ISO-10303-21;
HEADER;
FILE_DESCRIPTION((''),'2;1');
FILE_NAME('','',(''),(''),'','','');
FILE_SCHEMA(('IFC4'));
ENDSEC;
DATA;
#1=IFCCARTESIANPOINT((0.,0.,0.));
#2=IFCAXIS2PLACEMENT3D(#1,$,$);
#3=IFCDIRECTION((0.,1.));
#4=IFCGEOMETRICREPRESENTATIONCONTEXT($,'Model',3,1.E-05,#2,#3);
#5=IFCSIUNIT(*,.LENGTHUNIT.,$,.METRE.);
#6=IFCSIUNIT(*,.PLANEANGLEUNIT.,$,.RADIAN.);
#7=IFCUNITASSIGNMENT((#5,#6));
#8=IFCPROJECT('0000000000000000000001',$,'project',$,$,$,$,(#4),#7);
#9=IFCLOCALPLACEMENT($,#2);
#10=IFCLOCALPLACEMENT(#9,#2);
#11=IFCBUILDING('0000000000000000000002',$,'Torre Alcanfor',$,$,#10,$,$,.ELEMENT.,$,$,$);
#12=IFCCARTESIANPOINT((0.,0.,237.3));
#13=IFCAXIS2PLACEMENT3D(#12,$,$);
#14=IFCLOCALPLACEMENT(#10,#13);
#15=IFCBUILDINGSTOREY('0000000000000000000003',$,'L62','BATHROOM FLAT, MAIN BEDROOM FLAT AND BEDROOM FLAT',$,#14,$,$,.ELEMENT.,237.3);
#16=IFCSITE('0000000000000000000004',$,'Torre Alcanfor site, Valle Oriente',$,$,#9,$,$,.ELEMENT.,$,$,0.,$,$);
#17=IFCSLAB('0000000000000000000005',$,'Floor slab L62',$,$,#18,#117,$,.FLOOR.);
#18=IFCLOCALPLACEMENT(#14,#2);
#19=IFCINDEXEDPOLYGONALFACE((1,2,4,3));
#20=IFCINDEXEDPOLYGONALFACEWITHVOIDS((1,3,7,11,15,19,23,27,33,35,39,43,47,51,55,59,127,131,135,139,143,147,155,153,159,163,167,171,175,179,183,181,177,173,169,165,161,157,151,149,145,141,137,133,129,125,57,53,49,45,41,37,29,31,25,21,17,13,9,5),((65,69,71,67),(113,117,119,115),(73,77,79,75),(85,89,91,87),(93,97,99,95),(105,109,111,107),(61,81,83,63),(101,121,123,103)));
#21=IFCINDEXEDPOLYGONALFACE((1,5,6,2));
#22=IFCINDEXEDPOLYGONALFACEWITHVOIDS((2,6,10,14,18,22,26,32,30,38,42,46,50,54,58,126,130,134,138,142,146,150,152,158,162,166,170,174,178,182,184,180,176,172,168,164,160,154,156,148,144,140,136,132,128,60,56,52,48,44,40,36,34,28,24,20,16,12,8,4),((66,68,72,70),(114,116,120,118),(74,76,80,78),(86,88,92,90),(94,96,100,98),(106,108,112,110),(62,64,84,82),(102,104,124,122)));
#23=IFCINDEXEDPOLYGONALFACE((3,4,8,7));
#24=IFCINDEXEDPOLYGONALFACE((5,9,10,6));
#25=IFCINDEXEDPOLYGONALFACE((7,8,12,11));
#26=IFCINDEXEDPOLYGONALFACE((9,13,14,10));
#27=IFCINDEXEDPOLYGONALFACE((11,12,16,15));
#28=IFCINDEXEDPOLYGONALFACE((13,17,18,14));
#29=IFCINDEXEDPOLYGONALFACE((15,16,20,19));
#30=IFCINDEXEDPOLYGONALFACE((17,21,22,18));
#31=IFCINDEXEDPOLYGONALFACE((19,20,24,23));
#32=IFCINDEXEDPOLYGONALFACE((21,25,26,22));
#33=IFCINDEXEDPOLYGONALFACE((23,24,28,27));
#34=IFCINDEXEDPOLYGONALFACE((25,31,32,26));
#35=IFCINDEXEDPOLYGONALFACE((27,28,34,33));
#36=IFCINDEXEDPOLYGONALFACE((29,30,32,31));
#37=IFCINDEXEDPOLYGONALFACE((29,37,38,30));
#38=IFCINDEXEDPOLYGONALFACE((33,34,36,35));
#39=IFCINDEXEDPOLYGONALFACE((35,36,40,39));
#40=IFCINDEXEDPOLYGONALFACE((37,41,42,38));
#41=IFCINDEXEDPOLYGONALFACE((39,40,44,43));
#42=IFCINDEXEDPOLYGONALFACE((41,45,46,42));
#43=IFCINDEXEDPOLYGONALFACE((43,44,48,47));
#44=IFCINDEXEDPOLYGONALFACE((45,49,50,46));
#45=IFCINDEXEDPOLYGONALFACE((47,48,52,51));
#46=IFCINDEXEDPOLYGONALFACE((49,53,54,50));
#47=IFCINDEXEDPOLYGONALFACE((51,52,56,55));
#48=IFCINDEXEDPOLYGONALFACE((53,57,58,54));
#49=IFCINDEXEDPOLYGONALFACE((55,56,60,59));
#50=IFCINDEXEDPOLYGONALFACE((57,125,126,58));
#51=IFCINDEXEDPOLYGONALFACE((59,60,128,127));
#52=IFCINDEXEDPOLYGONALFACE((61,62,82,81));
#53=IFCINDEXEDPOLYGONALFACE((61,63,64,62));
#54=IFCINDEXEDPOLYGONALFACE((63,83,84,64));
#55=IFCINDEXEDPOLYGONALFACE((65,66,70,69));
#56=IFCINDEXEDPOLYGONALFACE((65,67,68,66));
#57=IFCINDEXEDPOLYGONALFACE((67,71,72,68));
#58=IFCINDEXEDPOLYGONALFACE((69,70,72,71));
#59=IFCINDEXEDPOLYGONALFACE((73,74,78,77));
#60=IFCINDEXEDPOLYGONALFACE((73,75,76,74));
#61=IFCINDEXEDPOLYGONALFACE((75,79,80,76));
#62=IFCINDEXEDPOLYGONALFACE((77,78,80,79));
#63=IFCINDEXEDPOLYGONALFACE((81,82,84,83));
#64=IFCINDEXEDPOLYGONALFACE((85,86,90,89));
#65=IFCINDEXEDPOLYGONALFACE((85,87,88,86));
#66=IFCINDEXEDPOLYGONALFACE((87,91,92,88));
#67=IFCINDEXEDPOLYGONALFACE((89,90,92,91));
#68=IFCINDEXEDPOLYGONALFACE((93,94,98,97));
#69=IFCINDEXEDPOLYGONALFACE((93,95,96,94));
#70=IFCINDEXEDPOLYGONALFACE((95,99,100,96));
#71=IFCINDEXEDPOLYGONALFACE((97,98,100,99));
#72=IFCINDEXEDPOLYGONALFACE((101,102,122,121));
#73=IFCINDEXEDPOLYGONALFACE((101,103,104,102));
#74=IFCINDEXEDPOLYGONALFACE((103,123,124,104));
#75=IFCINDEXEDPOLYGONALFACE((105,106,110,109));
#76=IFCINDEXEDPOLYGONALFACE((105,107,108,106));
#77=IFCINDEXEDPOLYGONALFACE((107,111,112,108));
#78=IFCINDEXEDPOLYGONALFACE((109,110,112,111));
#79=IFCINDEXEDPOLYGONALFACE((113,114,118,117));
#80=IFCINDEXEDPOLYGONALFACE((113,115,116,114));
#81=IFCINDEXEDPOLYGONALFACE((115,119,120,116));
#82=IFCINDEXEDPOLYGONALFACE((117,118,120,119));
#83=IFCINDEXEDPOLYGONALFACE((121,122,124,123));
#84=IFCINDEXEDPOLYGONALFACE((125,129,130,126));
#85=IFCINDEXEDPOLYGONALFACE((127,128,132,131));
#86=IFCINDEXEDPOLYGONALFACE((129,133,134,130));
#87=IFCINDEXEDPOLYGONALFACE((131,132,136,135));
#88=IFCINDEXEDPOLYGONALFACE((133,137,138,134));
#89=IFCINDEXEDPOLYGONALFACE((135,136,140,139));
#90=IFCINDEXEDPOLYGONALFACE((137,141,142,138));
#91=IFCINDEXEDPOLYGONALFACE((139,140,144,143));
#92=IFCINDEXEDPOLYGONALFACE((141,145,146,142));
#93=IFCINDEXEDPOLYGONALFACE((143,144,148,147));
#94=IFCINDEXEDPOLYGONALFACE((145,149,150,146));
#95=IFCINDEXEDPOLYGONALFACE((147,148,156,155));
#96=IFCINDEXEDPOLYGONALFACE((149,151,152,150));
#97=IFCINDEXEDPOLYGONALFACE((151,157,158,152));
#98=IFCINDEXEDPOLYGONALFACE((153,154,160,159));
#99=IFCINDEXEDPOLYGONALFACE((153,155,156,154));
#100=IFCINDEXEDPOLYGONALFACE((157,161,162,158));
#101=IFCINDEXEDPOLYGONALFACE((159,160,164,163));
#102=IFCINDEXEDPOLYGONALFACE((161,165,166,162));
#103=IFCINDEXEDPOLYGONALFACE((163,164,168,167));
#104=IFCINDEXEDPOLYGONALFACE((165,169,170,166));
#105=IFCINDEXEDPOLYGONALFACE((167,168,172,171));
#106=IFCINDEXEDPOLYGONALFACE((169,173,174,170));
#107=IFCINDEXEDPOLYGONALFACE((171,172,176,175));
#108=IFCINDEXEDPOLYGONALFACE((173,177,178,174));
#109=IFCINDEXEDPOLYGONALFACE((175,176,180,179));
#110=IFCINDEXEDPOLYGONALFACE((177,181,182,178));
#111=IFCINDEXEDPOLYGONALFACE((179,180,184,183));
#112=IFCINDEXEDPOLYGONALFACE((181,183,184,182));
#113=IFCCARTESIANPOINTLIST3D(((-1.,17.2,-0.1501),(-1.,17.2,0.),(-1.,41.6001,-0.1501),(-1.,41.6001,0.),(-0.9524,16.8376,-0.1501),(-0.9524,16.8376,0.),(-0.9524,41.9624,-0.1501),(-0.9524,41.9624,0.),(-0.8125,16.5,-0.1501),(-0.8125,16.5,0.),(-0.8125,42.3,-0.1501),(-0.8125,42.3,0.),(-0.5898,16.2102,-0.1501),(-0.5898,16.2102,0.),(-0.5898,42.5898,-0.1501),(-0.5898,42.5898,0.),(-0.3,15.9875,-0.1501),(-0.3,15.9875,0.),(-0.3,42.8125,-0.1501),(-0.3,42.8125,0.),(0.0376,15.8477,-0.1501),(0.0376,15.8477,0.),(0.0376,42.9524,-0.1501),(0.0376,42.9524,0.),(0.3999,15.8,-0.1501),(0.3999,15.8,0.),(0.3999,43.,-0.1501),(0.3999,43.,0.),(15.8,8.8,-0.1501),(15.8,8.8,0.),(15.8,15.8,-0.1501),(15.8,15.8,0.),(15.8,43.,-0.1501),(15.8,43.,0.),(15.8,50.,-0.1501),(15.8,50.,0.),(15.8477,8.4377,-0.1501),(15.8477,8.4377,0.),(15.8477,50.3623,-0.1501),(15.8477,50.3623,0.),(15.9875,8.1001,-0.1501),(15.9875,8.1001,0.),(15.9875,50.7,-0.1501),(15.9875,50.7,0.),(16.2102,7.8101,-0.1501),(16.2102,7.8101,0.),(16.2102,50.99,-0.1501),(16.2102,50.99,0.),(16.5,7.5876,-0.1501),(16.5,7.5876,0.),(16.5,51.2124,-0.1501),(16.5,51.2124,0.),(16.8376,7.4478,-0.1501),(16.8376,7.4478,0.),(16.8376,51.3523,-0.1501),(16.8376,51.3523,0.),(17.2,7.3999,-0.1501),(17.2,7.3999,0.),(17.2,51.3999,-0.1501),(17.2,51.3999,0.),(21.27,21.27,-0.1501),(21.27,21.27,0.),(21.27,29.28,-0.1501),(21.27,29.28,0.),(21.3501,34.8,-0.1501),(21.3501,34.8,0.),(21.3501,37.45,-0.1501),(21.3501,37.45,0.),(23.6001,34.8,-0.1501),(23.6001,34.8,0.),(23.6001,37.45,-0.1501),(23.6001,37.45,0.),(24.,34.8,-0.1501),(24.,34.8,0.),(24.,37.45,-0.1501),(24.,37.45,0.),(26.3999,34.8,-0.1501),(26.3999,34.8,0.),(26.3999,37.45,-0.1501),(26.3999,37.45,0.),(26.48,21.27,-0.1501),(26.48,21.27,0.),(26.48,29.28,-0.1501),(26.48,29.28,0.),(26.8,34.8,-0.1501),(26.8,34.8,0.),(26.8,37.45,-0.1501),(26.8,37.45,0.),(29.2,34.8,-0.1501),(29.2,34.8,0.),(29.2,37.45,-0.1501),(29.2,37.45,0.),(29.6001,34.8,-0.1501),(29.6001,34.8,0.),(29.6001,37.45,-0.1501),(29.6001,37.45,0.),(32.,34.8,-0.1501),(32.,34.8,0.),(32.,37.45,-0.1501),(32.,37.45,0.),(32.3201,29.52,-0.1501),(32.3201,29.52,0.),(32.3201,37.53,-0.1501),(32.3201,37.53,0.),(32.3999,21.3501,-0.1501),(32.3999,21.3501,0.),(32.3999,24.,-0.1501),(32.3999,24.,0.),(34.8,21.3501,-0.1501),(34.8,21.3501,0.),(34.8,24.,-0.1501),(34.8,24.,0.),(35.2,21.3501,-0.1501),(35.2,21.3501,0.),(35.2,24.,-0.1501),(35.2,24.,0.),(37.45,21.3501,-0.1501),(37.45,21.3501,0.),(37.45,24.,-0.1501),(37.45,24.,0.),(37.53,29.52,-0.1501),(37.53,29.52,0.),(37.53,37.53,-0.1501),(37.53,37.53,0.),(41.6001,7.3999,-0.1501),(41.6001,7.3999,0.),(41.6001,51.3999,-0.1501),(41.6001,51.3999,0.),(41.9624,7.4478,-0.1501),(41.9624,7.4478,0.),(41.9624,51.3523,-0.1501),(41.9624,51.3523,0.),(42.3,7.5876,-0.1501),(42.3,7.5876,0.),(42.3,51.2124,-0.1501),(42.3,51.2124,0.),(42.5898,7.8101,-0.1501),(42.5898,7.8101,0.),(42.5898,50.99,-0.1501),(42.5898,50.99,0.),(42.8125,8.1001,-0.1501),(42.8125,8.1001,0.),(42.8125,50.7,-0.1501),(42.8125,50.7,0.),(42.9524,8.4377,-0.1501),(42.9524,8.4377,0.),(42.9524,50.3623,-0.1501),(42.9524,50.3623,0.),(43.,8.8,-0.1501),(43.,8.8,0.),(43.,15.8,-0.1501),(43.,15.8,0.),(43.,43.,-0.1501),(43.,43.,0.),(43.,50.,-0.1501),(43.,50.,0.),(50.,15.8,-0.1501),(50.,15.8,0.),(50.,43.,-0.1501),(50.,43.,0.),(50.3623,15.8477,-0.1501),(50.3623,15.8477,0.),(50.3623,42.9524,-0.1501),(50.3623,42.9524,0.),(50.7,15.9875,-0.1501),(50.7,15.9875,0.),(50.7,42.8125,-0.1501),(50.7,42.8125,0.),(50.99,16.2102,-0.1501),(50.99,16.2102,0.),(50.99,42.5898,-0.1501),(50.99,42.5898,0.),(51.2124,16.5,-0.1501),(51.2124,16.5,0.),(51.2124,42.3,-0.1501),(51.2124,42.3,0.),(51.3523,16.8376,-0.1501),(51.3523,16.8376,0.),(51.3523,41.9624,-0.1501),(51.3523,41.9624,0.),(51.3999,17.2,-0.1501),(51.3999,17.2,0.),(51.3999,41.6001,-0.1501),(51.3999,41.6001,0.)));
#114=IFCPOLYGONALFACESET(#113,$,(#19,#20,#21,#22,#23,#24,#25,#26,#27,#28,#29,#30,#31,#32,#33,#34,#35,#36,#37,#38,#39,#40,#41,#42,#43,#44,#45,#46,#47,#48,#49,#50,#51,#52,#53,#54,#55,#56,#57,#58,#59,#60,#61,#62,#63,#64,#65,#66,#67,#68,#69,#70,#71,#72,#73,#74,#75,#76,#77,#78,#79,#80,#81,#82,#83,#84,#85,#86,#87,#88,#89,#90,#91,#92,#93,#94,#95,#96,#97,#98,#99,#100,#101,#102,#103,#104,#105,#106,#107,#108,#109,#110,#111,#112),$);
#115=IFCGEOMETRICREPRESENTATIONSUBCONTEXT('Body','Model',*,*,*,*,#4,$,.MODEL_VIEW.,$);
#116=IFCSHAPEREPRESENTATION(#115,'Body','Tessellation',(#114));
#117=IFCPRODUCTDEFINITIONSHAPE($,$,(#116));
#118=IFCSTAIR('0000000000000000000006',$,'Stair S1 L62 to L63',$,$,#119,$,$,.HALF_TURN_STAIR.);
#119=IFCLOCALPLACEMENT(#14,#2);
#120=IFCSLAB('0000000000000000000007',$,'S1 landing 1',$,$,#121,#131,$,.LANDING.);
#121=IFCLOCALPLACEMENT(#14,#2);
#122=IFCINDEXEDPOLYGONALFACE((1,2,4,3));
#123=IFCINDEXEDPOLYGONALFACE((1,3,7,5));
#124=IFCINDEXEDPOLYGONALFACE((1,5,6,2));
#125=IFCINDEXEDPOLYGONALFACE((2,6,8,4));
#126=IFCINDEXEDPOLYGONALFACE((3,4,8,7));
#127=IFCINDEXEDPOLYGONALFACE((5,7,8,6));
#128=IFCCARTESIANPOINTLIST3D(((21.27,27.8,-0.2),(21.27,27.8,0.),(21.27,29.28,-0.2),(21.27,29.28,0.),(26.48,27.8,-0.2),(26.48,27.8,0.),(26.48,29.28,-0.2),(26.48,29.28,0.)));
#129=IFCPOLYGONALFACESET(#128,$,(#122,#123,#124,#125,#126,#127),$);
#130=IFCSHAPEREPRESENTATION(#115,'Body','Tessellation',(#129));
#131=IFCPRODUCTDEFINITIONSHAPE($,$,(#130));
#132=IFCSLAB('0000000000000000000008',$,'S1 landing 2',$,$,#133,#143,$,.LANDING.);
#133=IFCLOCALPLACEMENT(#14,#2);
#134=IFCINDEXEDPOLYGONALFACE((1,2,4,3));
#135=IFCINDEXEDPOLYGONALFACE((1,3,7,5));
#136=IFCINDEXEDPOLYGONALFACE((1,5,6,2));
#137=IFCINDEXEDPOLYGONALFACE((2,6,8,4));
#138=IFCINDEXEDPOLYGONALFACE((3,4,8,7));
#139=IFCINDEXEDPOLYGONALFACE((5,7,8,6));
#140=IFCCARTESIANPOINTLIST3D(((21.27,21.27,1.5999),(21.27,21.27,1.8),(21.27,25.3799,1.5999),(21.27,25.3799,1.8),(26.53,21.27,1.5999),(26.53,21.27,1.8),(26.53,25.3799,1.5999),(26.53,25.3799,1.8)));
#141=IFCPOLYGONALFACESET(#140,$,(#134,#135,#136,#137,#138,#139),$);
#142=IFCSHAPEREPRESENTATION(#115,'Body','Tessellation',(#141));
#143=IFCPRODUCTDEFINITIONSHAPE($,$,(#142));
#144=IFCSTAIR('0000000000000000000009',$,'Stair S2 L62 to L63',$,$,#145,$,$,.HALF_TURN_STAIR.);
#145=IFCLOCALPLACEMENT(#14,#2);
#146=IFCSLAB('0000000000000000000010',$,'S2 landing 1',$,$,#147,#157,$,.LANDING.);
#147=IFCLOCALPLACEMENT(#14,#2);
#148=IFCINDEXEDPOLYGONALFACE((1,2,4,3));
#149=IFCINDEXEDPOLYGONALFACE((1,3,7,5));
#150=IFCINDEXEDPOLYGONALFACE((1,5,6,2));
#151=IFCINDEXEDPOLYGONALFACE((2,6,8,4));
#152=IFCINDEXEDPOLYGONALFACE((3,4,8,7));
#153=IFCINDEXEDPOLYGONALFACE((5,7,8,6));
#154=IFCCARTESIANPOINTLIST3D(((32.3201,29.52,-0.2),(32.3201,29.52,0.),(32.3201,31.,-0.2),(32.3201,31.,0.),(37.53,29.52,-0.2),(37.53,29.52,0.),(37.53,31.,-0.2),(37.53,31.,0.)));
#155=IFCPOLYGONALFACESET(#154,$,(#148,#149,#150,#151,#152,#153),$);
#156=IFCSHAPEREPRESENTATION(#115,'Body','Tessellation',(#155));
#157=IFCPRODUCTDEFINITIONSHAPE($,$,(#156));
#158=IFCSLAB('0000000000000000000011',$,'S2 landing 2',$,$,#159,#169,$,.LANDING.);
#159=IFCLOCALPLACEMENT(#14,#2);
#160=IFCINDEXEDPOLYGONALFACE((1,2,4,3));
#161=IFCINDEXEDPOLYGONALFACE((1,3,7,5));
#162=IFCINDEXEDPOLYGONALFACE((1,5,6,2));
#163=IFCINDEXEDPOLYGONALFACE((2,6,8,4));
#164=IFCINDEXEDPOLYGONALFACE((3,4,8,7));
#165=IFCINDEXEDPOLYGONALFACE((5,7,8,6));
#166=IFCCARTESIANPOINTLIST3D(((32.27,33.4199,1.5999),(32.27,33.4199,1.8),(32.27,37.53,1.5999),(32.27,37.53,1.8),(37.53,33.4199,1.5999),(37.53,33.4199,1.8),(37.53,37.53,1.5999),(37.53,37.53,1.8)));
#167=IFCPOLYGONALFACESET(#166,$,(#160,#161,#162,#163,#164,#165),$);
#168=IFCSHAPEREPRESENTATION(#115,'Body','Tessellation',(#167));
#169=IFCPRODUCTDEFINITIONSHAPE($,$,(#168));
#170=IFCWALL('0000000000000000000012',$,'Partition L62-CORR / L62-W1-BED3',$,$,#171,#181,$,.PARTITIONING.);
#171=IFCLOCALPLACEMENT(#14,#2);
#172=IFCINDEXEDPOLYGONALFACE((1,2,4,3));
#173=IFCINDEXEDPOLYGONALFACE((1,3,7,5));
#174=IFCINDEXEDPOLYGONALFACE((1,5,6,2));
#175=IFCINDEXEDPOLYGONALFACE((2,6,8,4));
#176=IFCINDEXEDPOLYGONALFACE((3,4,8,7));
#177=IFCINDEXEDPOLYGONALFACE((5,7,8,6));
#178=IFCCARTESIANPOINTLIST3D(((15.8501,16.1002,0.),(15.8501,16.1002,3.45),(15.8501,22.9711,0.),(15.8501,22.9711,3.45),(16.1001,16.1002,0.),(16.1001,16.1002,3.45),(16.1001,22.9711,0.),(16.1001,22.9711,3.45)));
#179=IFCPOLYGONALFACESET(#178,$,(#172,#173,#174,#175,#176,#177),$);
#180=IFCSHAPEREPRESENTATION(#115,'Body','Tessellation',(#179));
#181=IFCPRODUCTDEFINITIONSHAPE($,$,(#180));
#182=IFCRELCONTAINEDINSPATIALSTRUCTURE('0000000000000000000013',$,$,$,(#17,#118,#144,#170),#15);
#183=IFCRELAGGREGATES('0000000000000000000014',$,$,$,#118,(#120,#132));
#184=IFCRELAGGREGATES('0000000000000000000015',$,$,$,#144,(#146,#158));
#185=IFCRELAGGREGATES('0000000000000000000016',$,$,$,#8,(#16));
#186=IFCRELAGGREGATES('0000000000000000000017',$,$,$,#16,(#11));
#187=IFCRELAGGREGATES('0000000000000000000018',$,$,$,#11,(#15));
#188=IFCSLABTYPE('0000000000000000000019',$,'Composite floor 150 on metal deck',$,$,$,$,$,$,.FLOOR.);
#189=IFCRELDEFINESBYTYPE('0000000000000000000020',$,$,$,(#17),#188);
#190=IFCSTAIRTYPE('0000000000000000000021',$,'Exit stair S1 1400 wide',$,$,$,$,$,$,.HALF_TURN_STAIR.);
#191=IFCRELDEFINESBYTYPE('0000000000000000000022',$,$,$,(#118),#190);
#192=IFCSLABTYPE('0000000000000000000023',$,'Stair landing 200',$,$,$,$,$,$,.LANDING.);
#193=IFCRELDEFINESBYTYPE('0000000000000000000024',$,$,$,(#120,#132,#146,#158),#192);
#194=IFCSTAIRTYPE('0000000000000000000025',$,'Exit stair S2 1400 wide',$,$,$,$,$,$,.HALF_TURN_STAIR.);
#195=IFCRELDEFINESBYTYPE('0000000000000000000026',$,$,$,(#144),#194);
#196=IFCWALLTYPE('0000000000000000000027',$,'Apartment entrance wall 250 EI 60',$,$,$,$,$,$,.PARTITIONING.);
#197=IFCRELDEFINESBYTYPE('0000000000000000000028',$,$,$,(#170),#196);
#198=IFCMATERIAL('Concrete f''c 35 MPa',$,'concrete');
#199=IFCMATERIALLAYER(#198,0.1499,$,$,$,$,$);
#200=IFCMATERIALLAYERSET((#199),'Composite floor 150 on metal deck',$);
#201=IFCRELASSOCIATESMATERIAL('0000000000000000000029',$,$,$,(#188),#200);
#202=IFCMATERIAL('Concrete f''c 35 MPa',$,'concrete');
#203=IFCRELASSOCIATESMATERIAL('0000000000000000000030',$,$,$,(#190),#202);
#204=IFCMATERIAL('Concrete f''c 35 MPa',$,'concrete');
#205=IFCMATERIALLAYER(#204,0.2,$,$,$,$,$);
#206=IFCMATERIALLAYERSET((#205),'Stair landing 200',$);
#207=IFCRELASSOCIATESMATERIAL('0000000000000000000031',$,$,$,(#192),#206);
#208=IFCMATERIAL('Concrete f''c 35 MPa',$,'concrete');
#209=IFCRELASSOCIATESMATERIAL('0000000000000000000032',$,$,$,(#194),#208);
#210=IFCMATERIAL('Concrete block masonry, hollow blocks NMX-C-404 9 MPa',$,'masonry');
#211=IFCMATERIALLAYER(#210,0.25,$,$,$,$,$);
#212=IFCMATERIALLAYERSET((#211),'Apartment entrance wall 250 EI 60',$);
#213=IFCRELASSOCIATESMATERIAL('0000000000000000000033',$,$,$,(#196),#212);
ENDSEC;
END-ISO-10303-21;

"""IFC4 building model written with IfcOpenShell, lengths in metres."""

from ifc_helpers import new_model, si_unit, direction, frame, frame_2d, origin, place, context, subcontext, project, spatial, polyline, rectangle, outline, extrude, material, layer, layer_set, type_object, element, aggregate, save


model = new_model("IFC4")

# Units and contexts
model_context = context("Model", 3, precision=1e-05, world=origin(), true_north=direction((0.0, 1.0)))
body_context = subcontext(model_context, "Body", "Model", "MODEL_VIEW")
ifc_project = project(units=[si_unit("LENGTHUNIT", "METRE"), si_unit("PLANEANGLEUNIT", "RADIAN")], contexts=[model_context])

# Site, building, storey
site_placement = place(None, origin())
site = spatial("IfcSite", under=ifc_project, at=site_placement, Name="Torre Alcanfor site, Valle Oriente", CompositionType="ELEMENT", RefElevation=0.0)
building_placement = place(site_placement, origin())
building = spatial("IfcBuilding", under=site, at=building_placement, Name="Torre Alcanfor", CompositionType="ELEMENT")
storey_placement = place(building_placement, frame((0.0, 0.0, 237.3)))
storey = spatial("IfcBuildingStorey", under=building, at=storey_placement, Name="L62", Description="BATHROOM FLAT, MAIN BEDROOM FLAT AND BEDROOM FLAT", CompositionType="ELEMENT", Elevation=237.3)

# Slab
ifc_material_1 = material(Name="Concrete f'c 35 MPa", Category="concrete")
ifc_layer_1 = layer(ifc_material_1, 0.1499)
ifc_layer_set_1 = layer_set([ifc_layer_1], Name="Composite floor 150 on metal deck")
slab_type_1 = type_object("IfcSlabType", Name="Composite floor 150 on metal deck", PredefinedType="FLOOR", material=ifc_layer_set_1)
slab_1_placement = place(storey_placement, frame((0.0, 0.0, -0.1501)))
element("IfcSlab", 1, at=slab_1_placement, inside=storey, type_object=slab_type_1, Name="Floor slab L62", PredefinedType="FLOOR", context=body_context, shape_type="SweptSolid", body=[
    extrude(outline(polyline([(15.8, 43.0), (0.3999, 43.0), (0.0376, 42.9524), (-0.3, 42.8125), (-0.5898, 42.5898), (-0.8125, 42.3), (-0.9524, 41.9624), (-1.0, 41.6001), (-1.0, 17.2), (-0.9524, 16.8376), (-0.8125, 16.5), (-0.5898, 16.2102), (-0.3, 15.9875), (0.0376, 15.8477), (0.3999, 15.8), (15.8, 15.8), (15.8, 8.8), (15.8477, 8.4377), (15.9875, 8.1001), (16.2102, 7.8101), (16.5, 7.5876), (16.8376, 7.4478), (17.2, 7.3999), (41.6001, 7.3999), (41.9624, 7.4478), (42.3, 7.5876), (42.5898, 7.8101), (42.8125, 8.1001), (42.9524, 8.4377), (43.0, 8.8), (43.0, 15.8), (50.0, 15.8), (50.3623, 15.8477), (50.7, 15.9875), (50.99, 16.2102), (51.2124, 16.5), (51.3523, 16.8376), (51.3999, 17.2), (51.3999, 41.6001), (51.3523, 41.9624), (51.2124, 42.3), (50.99, 42.5898), (50.7, 42.8125), (50.3623, 42.9524), (50.0, 43.0), (43.0, 43.0), (43.0, 50.0), (42.9524, 50.3623), (42.8125, 50.7), (42.5898, 50.99), (42.3, 51.2124), (41.9624, 51.3523), (41.6001, 51.3999), (17.2, 51.3999), (16.8376, 51.3523), (16.5, 51.2124), (16.2102, 50.99), (15.9875, 50.7), (15.8477, 50.3623), (15.8, 50.0), (15.8, 43.0)]), holes=[polyline([(21.27, 21.27), (26.48, 21.27), (26.48, 29.28), (21.27, 29.28), (21.27, 21.27)]), polyline([(32.3201, 29.52), (37.53, 29.52), (37.53, 37.53), (32.3201, 37.53), (32.3201, 29.52)]), polyline([(32.3999, 21.3501), (34.8, 21.3501), (34.8, 24.0), (32.3999, 24.0), (32.3999, 21.3501)]), polyline([(35.2, 21.3501), (37.45, 21.3501), (37.45, 24.0), (35.2, 24.0), (35.2, 21.3501)]), polyline([(21.3501, 34.8), (23.6001, 34.8), (23.6001, 37.45), (21.3501, 37.45), (21.3501, 34.8)]), polyline([(24.0, 34.8), (26.3999, 34.8), (26.3999, 37.45), (24.0, 37.45), (24.0, 34.8)]), polyline([(26.8, 34.8), (29.2, 34.8), (29.2, 37.45), (26.8, 37.45), (26.8, 34.8)]), polyline([(29.6001, 34.8), (32.0, 34.8), (32.0, 37.45), (29.6001, 37.45), (29.6001, 34.8)])]), origin(), (0.0, 0.0, 1.0), 0.1501),
])

# Stairs, slabs
ifc_material_2 = material(Name="Concrete f'c 35 MPa", Category="concrete")
stair_type_1 = type_object("IfcStairType", Name="Exit stair S1 1400 wide", PredefinedType="HALF_TURN_STAIR", material=ifc_material_2)
stair_1_placement = place(storey_placement, origin())
stair_1 = element("IfcStair", 2, at=stair_1_placement, inside=storey, type_object=stair_type_1, Name="Stair S1 L62 to L63", PredefinedType="HALF_TURN_STAIR")
ifc_material_3 = material(Name="Concrete f'c 35 MPa", Category="concrete")
ifc_layer_2 = layer(ifc_material_3, 0.2)
ifc_layer_set_2 = layer_set([ifc_layer_2], Name="Stair landing 200")
slab_type_2 = type_object("IfcSlabType", Name="Stair landing 200", PredefinedType="LANDING", material=ifc_layer_set_2)
slab_2_placement = place(storey_placement, frame((0.0, 0.0, -0.2)))
slab_2 = element("IfcSlab", 3, at=slab_2_placement, type_object=slab_type_2, Name="S1 landing 1", PredefinedType="LANDING", context=body_context, shape_type="SweptSolid", body=[
    extrude(outline(polyline([(21.27, 27.8), (26.48, 27.8), (26.48, 29.28), (21.27, 29.28), (21.27, 27.8)])), origin(), (0.0, 0.0, 1.0), 0.2),
])
slab_3_placement = place(storey_placement, frame((0.0, 0.0, 1.5999)))
slab_3 = element("IfcSlab", 4, at=slab_3_placement, type_object=slab_type_2, Name="S1 landing 2", PredefinedType="LANDING", context=body_context, shape_type="SweptSolid", body=[
    extrude(outline(polyline([(21.27, 21.27), (26.53, 21.27), (26.53, 25.3799), (21.27, 25.3799), (21.27, 21.27)])), origin(), (0.0, 0.0, 1.0), 0.2002),
])
aggregate(stair_1, [slab_2, slab_3])
ifc_material_4 = material(Name="Concrete f'c 35 MPa", Category="concrete")
stair_type_2 = type_object("IfcStairType", Name="Exit stair S2 1400 wide", PredefinedType="HALF_TURN_STAIR", material=ifc_material_4)
stair_2_placement = place(storey_placement, origin())
stair_2 = element("IfcStair", 5, at=stair_2_placement, inside=storey, type_object=stair_type_2, Name="Stair S2 L62 to L63", PredefinedType="HALF_TURN_STAIR")
slab_4_placement = place(storey_placement, frame((0.0, 0.0, -0.2)))
slab_4 = element("IfcSlab", 6, at=slab_4_placement, type_object=slab_type_2, Name="S2 landing 1", PredefinedType="LANDING", context=body_context, shape_type="SweptSolid", body=[
    extrude(outline(polyline([(32.3201, 29.52), (37.53, 29.52), (37.53, 31.0), (32.3201, 31.0), (32.3201, 29.52)])), origin(), (0.0, 0.0, 1.0), 0.2),
])
slab_5_placement = place(storey_placement, frame((0.0, 0.0, 1.5999)))
slab_5 = element("IfcSlab", 7, at=slab_5_placement, type_object=slab_type_2, Name="S2 landing 2", PredefinedType="LANDING", context=body_context, shape_type="SweptSolid", body=[
    extrude(outline(polyline([(32.27, 33.4199), (37.53, 33.4199), (37.53, 37.53), (32.27, 37.53), (32.27, 33.4199)])), origin(), (0.0, 0.0, 1.0), 0.2002),
])
aggregate(stair_2, [slab_4, slab_5])

# Wall
ifc_material_5 = material(Name="Concrete block masonry, hollow blocks NMX-C-404 9 MPa", Category="masonry")
ifc_layer_3 = layer(ifc_material_5, 0.25)
ifc_layer_set_3 = layer_set([ifc_layer_3], Name="Apartment entrance wall 250 EI 60")
wall_type_1 = type_object("IfcWallType", Name="Apartment entrance wall 250 EI 60", PredefinedType="PARTITIONING", material=ifc_layer_set_3)
wall_1_placement = place(storey_placement, frame((15.9751, 16.1001, 0.0), z_axis=(0.0, 0.0, 1.0), x_axis=(0.0, 1.0, 0.0)))
element("IfcWall", 8, at=wall_1_placement, inside=storey, type_object=wall_type_1, Name="Partition L62-CORR / L62-W1-BED3", PredefinedType="PARTITIONING", context=body_context, shape_type="SweptSolid", body=[
    extrude(rectangle(XDim=6.8708, YDim=0.25, at=frame_2d((3.4355, 0.0))), origin(), (0.0, 0.0, 1.0), 3.45),
])

save(model, "model.ifc")
